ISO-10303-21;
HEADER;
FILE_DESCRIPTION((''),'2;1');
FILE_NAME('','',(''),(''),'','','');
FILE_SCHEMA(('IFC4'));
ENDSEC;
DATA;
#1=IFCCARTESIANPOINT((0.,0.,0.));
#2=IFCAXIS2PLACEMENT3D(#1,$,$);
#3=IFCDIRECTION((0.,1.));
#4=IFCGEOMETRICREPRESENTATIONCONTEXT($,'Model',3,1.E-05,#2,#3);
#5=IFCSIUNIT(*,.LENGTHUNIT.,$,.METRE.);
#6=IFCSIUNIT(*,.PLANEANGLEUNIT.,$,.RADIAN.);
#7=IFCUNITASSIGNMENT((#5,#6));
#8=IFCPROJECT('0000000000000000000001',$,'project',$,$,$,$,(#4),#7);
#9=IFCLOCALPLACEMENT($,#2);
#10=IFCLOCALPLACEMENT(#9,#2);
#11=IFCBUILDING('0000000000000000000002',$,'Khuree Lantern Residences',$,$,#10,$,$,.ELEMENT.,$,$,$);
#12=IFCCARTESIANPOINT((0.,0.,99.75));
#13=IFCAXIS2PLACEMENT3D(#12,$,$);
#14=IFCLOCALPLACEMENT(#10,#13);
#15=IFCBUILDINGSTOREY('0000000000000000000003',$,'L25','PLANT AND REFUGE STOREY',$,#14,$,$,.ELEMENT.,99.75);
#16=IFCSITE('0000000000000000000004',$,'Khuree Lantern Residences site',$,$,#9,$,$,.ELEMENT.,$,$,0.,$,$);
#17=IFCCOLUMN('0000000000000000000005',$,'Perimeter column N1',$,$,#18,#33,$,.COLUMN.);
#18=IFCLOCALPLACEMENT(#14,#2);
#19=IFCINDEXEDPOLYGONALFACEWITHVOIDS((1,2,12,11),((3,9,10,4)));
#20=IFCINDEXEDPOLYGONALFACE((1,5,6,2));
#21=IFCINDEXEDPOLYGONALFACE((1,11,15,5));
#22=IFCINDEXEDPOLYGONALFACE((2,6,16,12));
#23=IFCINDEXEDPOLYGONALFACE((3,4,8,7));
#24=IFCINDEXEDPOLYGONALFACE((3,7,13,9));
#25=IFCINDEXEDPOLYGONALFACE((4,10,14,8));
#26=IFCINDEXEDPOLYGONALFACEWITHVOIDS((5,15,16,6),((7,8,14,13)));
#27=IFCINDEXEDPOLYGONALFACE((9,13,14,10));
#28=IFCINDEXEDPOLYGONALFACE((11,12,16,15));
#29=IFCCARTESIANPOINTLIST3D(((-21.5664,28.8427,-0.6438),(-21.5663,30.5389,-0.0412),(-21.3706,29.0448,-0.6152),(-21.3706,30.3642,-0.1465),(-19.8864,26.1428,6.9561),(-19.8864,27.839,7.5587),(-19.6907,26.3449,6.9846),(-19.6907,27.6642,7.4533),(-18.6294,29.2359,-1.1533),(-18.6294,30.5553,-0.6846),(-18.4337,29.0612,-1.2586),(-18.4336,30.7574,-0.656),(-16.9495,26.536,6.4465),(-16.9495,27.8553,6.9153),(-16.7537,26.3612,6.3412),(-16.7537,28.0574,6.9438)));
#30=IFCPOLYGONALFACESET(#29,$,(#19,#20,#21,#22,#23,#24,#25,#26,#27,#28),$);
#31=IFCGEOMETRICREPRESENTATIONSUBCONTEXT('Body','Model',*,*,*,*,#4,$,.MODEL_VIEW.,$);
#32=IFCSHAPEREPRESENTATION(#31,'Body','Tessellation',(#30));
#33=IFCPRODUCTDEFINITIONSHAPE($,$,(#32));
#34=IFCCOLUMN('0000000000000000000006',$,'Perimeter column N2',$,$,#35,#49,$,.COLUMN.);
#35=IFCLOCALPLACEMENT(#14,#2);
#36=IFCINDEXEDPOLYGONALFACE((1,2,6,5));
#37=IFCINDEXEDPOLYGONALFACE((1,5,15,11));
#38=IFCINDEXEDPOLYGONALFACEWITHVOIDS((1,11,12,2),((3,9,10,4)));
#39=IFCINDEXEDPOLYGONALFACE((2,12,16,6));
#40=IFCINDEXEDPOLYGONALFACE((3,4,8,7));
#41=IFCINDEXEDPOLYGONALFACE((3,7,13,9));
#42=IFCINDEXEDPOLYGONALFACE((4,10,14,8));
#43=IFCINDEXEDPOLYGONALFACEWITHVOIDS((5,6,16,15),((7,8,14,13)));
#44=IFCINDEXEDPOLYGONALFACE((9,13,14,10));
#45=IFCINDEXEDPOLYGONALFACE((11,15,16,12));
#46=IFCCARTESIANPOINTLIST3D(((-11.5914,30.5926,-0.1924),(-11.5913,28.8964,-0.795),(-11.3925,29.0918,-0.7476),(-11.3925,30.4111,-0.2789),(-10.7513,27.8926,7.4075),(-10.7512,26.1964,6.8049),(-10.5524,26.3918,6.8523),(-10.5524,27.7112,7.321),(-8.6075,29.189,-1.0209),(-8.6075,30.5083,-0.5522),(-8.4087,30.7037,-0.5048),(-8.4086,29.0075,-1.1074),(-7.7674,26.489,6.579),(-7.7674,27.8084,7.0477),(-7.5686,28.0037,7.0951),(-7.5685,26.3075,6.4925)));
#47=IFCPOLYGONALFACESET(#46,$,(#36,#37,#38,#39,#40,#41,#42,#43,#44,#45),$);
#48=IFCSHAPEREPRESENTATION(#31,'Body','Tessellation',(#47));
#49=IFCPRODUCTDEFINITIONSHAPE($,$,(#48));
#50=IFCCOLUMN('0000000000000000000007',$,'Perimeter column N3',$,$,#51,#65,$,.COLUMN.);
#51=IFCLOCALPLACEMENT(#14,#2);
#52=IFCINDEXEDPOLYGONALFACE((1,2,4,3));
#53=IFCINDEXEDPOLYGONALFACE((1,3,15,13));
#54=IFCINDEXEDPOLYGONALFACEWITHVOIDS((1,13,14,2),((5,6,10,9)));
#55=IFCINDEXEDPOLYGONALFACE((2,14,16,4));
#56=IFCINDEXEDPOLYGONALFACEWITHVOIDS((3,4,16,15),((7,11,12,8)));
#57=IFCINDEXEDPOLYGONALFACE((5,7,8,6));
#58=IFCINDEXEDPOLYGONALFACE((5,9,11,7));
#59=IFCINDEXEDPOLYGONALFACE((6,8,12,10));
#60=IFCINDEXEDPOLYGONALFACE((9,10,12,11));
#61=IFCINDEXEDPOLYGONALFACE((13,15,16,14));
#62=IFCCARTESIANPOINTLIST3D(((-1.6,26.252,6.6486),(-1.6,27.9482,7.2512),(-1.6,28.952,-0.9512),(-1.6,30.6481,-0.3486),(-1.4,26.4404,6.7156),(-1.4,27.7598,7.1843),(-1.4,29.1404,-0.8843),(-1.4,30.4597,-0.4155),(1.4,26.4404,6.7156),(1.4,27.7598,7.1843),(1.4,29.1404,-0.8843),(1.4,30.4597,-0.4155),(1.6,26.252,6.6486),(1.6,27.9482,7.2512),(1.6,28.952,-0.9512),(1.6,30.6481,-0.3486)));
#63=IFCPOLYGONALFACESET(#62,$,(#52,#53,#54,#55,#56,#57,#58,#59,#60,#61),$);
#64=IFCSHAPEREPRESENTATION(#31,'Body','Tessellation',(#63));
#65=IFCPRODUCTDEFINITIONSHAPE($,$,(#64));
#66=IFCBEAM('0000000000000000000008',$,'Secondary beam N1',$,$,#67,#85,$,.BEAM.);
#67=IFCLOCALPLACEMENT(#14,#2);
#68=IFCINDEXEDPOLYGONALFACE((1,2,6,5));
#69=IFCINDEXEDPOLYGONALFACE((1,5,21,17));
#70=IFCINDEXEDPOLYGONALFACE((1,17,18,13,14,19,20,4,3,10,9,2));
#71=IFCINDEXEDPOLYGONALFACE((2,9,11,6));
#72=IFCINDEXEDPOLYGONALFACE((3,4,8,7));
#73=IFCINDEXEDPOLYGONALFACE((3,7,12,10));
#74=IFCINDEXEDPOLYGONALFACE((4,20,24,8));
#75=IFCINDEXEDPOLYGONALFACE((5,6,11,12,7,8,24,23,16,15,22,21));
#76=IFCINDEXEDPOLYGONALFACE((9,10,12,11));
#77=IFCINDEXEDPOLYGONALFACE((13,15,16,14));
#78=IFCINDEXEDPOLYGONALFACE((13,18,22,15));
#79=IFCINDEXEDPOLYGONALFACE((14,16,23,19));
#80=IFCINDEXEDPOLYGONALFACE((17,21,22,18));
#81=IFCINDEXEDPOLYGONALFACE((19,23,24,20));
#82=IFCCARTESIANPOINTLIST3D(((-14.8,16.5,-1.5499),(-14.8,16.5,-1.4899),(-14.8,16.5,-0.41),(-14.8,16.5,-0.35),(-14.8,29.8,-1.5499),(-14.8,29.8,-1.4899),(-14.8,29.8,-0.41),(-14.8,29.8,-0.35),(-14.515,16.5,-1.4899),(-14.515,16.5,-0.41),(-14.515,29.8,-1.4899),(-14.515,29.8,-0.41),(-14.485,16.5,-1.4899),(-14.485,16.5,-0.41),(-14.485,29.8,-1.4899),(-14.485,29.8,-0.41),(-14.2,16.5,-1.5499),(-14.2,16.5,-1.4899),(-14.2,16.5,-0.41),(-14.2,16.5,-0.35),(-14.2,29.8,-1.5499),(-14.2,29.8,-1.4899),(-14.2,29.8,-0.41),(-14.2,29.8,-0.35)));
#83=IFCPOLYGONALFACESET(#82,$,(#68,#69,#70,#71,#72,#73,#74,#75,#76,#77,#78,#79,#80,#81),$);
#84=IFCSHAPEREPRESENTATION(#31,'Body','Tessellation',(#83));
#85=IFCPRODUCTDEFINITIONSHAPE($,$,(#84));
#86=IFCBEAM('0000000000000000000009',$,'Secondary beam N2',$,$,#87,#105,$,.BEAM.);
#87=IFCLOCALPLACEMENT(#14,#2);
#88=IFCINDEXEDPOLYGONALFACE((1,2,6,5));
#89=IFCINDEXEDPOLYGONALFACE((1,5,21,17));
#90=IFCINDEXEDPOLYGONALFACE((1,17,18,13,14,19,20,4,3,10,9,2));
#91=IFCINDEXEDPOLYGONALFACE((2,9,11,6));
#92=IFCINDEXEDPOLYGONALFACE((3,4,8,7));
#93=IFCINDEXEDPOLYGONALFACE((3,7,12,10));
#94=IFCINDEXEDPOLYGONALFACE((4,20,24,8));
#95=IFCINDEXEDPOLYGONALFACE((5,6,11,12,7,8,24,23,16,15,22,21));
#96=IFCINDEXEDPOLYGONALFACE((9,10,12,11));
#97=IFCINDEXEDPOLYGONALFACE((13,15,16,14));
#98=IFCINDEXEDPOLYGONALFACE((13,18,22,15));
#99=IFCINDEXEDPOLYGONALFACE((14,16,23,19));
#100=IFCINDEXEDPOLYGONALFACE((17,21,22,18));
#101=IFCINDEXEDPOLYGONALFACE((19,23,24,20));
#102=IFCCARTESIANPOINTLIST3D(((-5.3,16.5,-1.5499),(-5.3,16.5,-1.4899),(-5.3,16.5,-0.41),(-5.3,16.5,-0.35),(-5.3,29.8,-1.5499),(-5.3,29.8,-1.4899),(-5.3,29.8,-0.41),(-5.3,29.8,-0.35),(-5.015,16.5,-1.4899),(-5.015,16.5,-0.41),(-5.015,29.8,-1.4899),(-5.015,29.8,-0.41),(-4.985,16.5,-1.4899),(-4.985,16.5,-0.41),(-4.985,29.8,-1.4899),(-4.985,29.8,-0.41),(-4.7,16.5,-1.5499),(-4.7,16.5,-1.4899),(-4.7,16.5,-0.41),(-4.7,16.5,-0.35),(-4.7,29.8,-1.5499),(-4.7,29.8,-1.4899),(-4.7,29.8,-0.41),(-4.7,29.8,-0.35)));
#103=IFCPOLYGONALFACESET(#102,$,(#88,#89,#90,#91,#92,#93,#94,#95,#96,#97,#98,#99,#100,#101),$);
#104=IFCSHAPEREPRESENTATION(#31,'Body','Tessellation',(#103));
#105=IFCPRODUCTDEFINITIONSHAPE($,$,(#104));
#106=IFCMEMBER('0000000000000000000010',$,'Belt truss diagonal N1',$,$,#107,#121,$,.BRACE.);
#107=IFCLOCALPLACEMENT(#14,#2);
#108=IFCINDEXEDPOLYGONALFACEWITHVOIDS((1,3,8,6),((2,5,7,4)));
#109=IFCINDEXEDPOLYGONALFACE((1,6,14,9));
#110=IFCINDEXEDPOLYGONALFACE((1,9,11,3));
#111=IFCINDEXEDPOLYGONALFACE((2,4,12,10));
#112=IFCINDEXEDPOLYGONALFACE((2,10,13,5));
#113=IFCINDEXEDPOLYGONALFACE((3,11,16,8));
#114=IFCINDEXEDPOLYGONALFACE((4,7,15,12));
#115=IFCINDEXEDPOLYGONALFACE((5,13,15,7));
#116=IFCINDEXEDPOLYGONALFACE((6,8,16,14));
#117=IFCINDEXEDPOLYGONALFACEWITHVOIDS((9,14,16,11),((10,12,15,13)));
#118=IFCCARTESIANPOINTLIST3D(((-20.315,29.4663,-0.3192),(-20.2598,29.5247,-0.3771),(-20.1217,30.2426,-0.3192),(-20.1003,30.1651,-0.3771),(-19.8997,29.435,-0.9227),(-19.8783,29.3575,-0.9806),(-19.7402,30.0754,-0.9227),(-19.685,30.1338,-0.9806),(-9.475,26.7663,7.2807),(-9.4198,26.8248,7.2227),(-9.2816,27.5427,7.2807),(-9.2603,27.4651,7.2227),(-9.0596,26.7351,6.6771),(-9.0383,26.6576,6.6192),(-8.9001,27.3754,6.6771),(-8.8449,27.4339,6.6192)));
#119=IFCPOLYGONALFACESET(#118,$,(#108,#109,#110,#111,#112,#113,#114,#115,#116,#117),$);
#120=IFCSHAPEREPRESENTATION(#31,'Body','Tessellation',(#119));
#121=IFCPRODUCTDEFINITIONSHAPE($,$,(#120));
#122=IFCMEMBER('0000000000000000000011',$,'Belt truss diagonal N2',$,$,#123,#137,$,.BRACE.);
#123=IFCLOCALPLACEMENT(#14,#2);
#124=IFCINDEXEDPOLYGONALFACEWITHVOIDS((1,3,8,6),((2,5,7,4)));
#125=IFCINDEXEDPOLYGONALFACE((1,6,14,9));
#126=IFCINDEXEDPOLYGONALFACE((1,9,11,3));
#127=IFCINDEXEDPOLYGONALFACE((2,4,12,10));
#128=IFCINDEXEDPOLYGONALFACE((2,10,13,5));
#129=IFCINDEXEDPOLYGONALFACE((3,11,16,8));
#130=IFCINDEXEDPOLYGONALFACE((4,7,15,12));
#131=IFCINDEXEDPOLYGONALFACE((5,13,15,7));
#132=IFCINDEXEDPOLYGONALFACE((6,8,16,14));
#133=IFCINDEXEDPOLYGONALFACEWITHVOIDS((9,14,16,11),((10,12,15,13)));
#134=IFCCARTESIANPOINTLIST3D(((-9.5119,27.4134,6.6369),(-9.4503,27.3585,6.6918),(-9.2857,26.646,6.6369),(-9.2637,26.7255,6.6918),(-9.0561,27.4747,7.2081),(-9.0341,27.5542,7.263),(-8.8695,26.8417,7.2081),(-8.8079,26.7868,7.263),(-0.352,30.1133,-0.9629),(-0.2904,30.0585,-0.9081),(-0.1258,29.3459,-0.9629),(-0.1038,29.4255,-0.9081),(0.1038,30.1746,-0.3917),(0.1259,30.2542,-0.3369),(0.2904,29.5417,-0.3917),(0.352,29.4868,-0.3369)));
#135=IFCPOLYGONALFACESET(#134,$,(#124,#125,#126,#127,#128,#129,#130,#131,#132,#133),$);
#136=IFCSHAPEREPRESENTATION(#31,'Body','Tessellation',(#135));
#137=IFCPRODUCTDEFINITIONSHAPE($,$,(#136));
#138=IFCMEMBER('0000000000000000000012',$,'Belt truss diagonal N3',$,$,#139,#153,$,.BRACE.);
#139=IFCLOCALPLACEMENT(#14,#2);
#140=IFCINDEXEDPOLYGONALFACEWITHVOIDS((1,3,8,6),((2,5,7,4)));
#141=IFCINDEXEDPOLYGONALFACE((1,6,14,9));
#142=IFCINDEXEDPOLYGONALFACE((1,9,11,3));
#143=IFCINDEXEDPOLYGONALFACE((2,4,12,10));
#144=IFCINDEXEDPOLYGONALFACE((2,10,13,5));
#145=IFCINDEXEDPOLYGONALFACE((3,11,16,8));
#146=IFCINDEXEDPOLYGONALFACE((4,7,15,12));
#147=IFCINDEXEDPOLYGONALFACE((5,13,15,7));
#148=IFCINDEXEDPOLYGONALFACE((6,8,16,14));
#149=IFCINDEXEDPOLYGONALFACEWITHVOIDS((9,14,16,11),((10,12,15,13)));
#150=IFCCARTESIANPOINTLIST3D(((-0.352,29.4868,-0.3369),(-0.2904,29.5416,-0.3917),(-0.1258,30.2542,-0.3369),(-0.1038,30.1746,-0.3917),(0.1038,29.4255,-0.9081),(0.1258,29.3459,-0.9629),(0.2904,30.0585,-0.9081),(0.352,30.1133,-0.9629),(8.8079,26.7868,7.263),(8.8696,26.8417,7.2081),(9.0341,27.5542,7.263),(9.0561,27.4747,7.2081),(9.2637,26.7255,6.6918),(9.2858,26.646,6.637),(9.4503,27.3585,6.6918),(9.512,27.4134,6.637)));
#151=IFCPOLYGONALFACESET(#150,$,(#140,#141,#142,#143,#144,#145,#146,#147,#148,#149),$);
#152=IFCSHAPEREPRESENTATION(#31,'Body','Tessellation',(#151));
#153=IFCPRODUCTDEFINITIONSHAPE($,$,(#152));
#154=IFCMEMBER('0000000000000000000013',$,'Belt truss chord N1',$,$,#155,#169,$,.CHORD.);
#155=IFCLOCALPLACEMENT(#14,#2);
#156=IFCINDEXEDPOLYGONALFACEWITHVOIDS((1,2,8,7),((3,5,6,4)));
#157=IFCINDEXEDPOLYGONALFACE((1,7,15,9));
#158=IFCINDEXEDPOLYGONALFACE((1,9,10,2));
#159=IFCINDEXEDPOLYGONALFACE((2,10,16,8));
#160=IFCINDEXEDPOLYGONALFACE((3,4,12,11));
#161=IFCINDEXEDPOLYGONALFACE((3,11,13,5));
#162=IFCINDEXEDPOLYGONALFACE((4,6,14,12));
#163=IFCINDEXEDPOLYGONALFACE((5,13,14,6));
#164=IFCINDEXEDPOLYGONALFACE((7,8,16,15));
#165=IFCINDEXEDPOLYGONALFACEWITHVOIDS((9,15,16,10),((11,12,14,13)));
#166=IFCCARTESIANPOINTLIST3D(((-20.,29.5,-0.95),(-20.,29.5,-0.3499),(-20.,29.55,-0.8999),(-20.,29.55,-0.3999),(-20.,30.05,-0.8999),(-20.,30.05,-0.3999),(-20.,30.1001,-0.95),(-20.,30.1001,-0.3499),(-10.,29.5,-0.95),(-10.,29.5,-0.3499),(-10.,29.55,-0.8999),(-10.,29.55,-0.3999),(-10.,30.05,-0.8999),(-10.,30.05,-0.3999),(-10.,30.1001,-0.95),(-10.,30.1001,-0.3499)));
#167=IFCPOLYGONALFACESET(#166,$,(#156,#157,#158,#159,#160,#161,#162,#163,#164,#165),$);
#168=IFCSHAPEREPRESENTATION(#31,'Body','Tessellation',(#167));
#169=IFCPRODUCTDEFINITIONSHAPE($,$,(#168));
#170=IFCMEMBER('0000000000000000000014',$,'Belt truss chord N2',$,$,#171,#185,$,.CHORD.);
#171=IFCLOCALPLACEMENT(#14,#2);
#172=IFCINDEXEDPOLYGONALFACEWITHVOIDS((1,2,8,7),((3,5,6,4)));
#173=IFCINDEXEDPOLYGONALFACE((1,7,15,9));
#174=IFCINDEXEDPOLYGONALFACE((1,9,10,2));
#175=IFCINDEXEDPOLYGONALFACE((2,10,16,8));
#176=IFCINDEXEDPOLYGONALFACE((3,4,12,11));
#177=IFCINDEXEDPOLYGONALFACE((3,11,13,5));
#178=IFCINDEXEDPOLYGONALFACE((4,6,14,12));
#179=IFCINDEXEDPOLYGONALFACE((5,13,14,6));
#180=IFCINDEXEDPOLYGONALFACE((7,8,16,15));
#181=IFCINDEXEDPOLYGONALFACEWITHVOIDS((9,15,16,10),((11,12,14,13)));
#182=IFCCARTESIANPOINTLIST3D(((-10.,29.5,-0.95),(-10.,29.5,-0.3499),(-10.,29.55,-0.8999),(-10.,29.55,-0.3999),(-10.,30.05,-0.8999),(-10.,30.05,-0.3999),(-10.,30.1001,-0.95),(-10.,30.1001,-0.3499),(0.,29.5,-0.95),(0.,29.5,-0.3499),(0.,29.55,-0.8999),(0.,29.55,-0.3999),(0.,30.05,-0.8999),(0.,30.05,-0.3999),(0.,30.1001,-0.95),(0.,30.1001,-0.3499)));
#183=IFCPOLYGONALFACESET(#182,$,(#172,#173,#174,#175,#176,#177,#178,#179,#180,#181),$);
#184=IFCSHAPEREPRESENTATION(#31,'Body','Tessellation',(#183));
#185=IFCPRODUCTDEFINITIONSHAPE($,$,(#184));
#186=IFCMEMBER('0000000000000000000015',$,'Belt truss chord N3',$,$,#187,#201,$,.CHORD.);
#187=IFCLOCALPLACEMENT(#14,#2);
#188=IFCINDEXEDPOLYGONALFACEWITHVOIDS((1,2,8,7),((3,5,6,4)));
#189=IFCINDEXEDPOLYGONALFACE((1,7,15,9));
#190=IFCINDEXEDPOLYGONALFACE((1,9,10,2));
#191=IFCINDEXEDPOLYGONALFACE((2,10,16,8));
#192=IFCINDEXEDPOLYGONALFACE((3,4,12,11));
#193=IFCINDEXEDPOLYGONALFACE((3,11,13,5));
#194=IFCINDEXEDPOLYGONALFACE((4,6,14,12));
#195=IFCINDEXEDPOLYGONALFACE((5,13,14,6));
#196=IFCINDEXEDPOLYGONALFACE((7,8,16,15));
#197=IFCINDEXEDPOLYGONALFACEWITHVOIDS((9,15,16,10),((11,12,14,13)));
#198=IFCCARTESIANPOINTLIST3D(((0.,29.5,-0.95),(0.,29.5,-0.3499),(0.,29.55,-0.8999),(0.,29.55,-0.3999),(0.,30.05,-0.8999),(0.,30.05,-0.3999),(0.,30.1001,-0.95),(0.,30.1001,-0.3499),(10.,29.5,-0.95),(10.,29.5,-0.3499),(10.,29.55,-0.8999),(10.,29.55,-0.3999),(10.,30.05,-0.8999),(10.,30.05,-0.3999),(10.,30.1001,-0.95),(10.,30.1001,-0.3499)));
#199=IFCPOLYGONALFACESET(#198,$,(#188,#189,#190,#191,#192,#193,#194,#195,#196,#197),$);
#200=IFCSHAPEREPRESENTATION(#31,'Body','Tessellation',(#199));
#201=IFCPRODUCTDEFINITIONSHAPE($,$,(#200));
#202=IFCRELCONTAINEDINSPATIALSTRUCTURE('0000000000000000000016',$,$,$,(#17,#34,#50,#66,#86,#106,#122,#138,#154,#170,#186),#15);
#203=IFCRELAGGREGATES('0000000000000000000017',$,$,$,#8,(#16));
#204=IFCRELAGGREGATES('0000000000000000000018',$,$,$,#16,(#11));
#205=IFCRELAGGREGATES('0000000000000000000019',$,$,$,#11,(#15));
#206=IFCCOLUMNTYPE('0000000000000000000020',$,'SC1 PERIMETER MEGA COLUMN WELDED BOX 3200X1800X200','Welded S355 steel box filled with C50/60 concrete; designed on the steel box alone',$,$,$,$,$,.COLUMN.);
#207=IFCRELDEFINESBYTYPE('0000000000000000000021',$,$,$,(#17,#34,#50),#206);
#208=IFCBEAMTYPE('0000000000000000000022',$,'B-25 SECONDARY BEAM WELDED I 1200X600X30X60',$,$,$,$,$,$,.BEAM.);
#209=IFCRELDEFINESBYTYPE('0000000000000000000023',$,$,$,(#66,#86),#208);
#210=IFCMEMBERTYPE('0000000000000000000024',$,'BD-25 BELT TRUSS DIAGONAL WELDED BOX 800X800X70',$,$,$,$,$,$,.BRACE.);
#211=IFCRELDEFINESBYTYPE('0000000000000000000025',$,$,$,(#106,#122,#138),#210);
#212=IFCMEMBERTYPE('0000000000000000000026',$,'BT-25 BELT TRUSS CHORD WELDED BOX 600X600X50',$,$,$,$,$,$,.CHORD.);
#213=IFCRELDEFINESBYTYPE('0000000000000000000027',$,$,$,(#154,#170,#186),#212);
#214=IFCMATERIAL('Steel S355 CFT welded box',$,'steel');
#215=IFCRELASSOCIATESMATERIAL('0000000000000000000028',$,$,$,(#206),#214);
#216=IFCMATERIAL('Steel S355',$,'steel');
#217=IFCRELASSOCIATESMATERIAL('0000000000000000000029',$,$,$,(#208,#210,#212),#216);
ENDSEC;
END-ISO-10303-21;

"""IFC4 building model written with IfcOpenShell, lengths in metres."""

from ifc_helpers import new_model, si_unit, direction, frame, origin, origin_2d, place, context, subcontext, project, spatial, hollow_rectangle, i_section, extrude, material, material_profile, profile_set, type_object, element, save


model = new_model("IFC4")

# Units and contexts
model_context = context("Model", 3, precision=1e-05, world=origin(), true_north=direction((0.0, 1.0)))
body_context = subcontext(model_context, "Body", "Model", "MODEL_VIEW")
ifc_project = project(units=[si_unit("LENGTHUNIT", "METRE"), si_unit("PLANEANGLEUNIT", "RADIAN")], contexts=[model_context])

# Site, building, storey
site_placement = place(None, origin())
site = spatial("IfcSite", under=ifc_project, at=site_placement, Name="Khuree Lantern Residences site", CompositionType="ELEMENT", RefElevation=0.0)
building_placement = place(site_placement, origin())
building = spatial("IfcBuilding", under=site, at=building_placement, Name="Khuree Lantern Residences", CompositionType="ELEMENT")
storey_placement = place(building_placement, frame((0.0, 0.0, 99.75)))
storey = spatial("IfcBuildingStorey", under=building, at=storey_placement, Name="L25", Description="PLANT AND REFUGE STOREY", CompositionType="ELEMENT", Elevation=99.75)

# Columns
ifc_material_1 = material(Name="Steel S355 CFT welded box", Category="steel")
ifc_material_profile_1 = material_profile(ifc_material_1, hollow_rectangle(XDim=3.2, YDim=1.8, WallThickness=0.2, at=origin_2d()), Name="WELDED BOX 3200X1800X200")
ifc_profile_set_1 = profile_set([ifc_material_profile_1], Name="Steel S355 CFT welded box")
column_type = type_object("IfcColumnType", Name="SC1 PERIMETER MEGA COLUMN WELDED BOX 3200X1800X200", Description="Welded S355 steel box filled with C50/60 concrete; designed on the steel box alone", PredefinedType="COLUMN", material=ifc_profile_set_1)
column_1_placement = place(storey_placement, frame((-20.0, 29.8, -0.6499), z_axis=(0.203917, -0.327731, 0.922502), x_axis=(0.978988, 0.068256, -0.192155)))
element("IfcColumn", 1, at=column_1_placement, inside=storey, type_object=column_type, Name="Perimeter column N1", PredefinedType="COLUMN", context=body_context, shape_type="SweptSolid", body=[
    extrude(hollow_rectangle(XDim=3.2, YDim=1.8, WallThickness=0.2, at=origin_2d()), origin(), (0.0, 0.0, 1.0), 8.2383),
])
column_2_placement = place(storey_placement, frame((-10.0, 29.8, -0.6499), z_axis=(0.103602, -0.332964, 0.937231), x_axis=(0.994619, 0.034713, -0.097613)))
element("IfcColumn", 2, at=column_2_placement, inside=storey, type_object=column_type, Name="Perimeter column N2", PredefinedType="COLUMN", context=body_context, shape_type="SweptSolid", body=[
    extrude(hollow_rectangle(XDim=3.2, YDim=1.8, WallThickness=0.2, at=origin_2d()), origin(), (0.0, 0.0, 1.0), 8.1089),
])
column_3_placement = place(storey_placement, frame((0.0, 29.8, -0.6499), z_axis=(0.0, -0.334765, 0.942302), x_axis=(1.0, 0.0, 0.0)))
element("IfcColumn", 3, at=column_3_placement, inside=storey, type_object=column_type, Name="Perimeter column N3", PredefinedType="COLUMN", context=body_context, shape_type="SweptSolid", body=[
    extrude(hollow_rectangle(XDim=3.2, YDim=1.8, WallThickness=0.2, at=origin_2d()), origin(), (0.0, 0.0, 1.0), 8.0652),
])

# Beams
ifc_material_2 = material(Name="Steel S355", Category="steel")
ifc_material_profile_2 = material_profile(ifc_material_2, i_section(OverallWidth=0.6001, OverallDepth=1.2, WebThickness=0.03, FlangeThickness=0.0601, at=origin_2d()), Name="WELDED I 1200X600X30X60")
ifc_profile_set_2 = profile_set([ifc_material_profile_2], Name="Steel S355")
beam_type_1 = type_object("IfcBeamType", Name="B-25 SECONDARY BEAM WELDED I 1200X600X30X60", PredefinedType="BEAM", material=ifc_profile_set_2)
for number, where, z_axis, x_axis, name in (
    (4, (-14.5, 29.8, -0.95), (0.0, -1.0, 0.0), (1.0, 0.0, 0.0), "Secondary beam N1"),
    (5, (-5.0, 29.8, -0.95), (0.0, -1.0, 0.0), (1.0, 0.0, 0.0), "Secondary beam N2"),
):
    element("IfcBeam", number, at=place(storey_placement, frame(where, z_axis=z_axis, x_axis=x_axis)), inside=storey, type_object=beam_type_1, Name=name, PredefinedType="BEAM", context=body_context, shape_type="SweptSolid", body=[
        extrude(i_section(OverallWidth=0.6001, OverallDepth=1.2, WebThickness=0.03, FlangeThickness=0.0601, at=origin_2d()), origin(), (0.0, 0.0, 1.0), 13.3),
    ])

# Members
ifc_material_profile_3 = material_profile(ifc_material_2, hollow_rectangle(XDim=0.8, YDim=0.8, WallThickness=0.0701, at=origin_2d()), Name="WELDED BOX 800X800X70")
ifc_profile_set_3 = profile_set([ifc_material_profile_3], Name="Steel S355")
member_type_1 = type_object("IfcMemberType", Name="BD-25 BELT TRUSS DIAGONAL WELDED BOX 800X800X70", PredefinedType="BRACE", material=ifc_profile_set_3)
member_1_placement = place(storey_placement, frame((-20.0, 29.8, -0.6499), z_axis=(0.802298, -0.199829, 0.562482), x_axis=(0.241687, 0.970354, 0.0)))
element("IfcMember", 6, at=member_1_placement, inside=storey, type_object=member_type_1, Name="Belt truss diagonal N1", PredefinedType="BRACE", context=body_context, shape_type="SweptSolid", body=[
    extrude(hollow_rectangle(XDim=0.8, YDim=0.8, WallThickness=0.0701, at=origin_2d()), origin(), (0.0, 0.0, 1.0), 13.5112),
])
for number, where, z_axis, x_axis, name in (
    (7, (-9.1599, 27.1001, 6.95), (0.750531, 0.221225, -0.622706), (-0.282731, 0.959199, 0.0), "Belt truss diagonal N2"),
    (8, (0.0, 29.8, -0.6499), (0.750531, -0.221225, 0.622706), (0.282731, 0.959199, 0.0), "Belt truss diagonal N3"),
):
    element("IfcMember", number, at=place(storey_placement, frame(where, z_axis=z_axis, x_axis=x_axis)), inside=storey, type_object=member_type_1, Name=name, PredefinedType="BRACE", context=body_context, shape_type="SweptSolid", body=[
        extrude(hollow_rectangle(XDim=0.8, YDim=0.8, WallThickness=0.0701, at=origin_2d()), origin(), (0.0, 0.0, 1.0), 12.2046),
    ])
ifc_material_profile_4 = material_profile(ifc_material_2, hollow_rectangle(XDim=0.6001, YDim=0.6001, WallThickness=0.05, at=origin_2d()), Name="WELDED BOX 600X600X50")
ifc_profile_set_4 = profile_set([ifc_material_profile_4], Name="Steel S355")
member_type_2 = type_object("IfcMemberType", Name="BT-25 BELT TRUSS CHORD WELDED BOX 600X600X50", PredefinedType="CHORD", material=ifc_profile_set_4)
for number, where, z_axis, x_axis, name in (
    (9, (-20.0, 29.8, -0.6499), (1.0, 0.0, 0.0), (0.0, 1.0, 0.0), "Belt truss chord N1"),
    (10, (-10.0, 29.8, -0.6499), (1.0, 0.0, 0.0), (0.0, 1.0, 0.0), "Belt truss chord N2"),
    (11, (0.0, 29.8, -0.6499), (1.0, 0.0, 0.0), (0.0, 1.0, 0.0), "Belt truss chord N3"),
):
    element("IfcMember", number, at=place(storey_placement, frame(where, z_axis=z_axis, x_axis=x_axis)), inside=storey, type_object=member_type_2, Name=name, PredefinedType="CHORD", context=body_context, shape_type="SweptSolid", body=[
        extrude(hollow_rectangle(XDim=0.6001, YDim=0.6001, WallThickness=0.05, at=origin_2d()), origin(), (0.0, 0.0, 1.0), 10.0),
    ])

save(model, "model.ifc")
